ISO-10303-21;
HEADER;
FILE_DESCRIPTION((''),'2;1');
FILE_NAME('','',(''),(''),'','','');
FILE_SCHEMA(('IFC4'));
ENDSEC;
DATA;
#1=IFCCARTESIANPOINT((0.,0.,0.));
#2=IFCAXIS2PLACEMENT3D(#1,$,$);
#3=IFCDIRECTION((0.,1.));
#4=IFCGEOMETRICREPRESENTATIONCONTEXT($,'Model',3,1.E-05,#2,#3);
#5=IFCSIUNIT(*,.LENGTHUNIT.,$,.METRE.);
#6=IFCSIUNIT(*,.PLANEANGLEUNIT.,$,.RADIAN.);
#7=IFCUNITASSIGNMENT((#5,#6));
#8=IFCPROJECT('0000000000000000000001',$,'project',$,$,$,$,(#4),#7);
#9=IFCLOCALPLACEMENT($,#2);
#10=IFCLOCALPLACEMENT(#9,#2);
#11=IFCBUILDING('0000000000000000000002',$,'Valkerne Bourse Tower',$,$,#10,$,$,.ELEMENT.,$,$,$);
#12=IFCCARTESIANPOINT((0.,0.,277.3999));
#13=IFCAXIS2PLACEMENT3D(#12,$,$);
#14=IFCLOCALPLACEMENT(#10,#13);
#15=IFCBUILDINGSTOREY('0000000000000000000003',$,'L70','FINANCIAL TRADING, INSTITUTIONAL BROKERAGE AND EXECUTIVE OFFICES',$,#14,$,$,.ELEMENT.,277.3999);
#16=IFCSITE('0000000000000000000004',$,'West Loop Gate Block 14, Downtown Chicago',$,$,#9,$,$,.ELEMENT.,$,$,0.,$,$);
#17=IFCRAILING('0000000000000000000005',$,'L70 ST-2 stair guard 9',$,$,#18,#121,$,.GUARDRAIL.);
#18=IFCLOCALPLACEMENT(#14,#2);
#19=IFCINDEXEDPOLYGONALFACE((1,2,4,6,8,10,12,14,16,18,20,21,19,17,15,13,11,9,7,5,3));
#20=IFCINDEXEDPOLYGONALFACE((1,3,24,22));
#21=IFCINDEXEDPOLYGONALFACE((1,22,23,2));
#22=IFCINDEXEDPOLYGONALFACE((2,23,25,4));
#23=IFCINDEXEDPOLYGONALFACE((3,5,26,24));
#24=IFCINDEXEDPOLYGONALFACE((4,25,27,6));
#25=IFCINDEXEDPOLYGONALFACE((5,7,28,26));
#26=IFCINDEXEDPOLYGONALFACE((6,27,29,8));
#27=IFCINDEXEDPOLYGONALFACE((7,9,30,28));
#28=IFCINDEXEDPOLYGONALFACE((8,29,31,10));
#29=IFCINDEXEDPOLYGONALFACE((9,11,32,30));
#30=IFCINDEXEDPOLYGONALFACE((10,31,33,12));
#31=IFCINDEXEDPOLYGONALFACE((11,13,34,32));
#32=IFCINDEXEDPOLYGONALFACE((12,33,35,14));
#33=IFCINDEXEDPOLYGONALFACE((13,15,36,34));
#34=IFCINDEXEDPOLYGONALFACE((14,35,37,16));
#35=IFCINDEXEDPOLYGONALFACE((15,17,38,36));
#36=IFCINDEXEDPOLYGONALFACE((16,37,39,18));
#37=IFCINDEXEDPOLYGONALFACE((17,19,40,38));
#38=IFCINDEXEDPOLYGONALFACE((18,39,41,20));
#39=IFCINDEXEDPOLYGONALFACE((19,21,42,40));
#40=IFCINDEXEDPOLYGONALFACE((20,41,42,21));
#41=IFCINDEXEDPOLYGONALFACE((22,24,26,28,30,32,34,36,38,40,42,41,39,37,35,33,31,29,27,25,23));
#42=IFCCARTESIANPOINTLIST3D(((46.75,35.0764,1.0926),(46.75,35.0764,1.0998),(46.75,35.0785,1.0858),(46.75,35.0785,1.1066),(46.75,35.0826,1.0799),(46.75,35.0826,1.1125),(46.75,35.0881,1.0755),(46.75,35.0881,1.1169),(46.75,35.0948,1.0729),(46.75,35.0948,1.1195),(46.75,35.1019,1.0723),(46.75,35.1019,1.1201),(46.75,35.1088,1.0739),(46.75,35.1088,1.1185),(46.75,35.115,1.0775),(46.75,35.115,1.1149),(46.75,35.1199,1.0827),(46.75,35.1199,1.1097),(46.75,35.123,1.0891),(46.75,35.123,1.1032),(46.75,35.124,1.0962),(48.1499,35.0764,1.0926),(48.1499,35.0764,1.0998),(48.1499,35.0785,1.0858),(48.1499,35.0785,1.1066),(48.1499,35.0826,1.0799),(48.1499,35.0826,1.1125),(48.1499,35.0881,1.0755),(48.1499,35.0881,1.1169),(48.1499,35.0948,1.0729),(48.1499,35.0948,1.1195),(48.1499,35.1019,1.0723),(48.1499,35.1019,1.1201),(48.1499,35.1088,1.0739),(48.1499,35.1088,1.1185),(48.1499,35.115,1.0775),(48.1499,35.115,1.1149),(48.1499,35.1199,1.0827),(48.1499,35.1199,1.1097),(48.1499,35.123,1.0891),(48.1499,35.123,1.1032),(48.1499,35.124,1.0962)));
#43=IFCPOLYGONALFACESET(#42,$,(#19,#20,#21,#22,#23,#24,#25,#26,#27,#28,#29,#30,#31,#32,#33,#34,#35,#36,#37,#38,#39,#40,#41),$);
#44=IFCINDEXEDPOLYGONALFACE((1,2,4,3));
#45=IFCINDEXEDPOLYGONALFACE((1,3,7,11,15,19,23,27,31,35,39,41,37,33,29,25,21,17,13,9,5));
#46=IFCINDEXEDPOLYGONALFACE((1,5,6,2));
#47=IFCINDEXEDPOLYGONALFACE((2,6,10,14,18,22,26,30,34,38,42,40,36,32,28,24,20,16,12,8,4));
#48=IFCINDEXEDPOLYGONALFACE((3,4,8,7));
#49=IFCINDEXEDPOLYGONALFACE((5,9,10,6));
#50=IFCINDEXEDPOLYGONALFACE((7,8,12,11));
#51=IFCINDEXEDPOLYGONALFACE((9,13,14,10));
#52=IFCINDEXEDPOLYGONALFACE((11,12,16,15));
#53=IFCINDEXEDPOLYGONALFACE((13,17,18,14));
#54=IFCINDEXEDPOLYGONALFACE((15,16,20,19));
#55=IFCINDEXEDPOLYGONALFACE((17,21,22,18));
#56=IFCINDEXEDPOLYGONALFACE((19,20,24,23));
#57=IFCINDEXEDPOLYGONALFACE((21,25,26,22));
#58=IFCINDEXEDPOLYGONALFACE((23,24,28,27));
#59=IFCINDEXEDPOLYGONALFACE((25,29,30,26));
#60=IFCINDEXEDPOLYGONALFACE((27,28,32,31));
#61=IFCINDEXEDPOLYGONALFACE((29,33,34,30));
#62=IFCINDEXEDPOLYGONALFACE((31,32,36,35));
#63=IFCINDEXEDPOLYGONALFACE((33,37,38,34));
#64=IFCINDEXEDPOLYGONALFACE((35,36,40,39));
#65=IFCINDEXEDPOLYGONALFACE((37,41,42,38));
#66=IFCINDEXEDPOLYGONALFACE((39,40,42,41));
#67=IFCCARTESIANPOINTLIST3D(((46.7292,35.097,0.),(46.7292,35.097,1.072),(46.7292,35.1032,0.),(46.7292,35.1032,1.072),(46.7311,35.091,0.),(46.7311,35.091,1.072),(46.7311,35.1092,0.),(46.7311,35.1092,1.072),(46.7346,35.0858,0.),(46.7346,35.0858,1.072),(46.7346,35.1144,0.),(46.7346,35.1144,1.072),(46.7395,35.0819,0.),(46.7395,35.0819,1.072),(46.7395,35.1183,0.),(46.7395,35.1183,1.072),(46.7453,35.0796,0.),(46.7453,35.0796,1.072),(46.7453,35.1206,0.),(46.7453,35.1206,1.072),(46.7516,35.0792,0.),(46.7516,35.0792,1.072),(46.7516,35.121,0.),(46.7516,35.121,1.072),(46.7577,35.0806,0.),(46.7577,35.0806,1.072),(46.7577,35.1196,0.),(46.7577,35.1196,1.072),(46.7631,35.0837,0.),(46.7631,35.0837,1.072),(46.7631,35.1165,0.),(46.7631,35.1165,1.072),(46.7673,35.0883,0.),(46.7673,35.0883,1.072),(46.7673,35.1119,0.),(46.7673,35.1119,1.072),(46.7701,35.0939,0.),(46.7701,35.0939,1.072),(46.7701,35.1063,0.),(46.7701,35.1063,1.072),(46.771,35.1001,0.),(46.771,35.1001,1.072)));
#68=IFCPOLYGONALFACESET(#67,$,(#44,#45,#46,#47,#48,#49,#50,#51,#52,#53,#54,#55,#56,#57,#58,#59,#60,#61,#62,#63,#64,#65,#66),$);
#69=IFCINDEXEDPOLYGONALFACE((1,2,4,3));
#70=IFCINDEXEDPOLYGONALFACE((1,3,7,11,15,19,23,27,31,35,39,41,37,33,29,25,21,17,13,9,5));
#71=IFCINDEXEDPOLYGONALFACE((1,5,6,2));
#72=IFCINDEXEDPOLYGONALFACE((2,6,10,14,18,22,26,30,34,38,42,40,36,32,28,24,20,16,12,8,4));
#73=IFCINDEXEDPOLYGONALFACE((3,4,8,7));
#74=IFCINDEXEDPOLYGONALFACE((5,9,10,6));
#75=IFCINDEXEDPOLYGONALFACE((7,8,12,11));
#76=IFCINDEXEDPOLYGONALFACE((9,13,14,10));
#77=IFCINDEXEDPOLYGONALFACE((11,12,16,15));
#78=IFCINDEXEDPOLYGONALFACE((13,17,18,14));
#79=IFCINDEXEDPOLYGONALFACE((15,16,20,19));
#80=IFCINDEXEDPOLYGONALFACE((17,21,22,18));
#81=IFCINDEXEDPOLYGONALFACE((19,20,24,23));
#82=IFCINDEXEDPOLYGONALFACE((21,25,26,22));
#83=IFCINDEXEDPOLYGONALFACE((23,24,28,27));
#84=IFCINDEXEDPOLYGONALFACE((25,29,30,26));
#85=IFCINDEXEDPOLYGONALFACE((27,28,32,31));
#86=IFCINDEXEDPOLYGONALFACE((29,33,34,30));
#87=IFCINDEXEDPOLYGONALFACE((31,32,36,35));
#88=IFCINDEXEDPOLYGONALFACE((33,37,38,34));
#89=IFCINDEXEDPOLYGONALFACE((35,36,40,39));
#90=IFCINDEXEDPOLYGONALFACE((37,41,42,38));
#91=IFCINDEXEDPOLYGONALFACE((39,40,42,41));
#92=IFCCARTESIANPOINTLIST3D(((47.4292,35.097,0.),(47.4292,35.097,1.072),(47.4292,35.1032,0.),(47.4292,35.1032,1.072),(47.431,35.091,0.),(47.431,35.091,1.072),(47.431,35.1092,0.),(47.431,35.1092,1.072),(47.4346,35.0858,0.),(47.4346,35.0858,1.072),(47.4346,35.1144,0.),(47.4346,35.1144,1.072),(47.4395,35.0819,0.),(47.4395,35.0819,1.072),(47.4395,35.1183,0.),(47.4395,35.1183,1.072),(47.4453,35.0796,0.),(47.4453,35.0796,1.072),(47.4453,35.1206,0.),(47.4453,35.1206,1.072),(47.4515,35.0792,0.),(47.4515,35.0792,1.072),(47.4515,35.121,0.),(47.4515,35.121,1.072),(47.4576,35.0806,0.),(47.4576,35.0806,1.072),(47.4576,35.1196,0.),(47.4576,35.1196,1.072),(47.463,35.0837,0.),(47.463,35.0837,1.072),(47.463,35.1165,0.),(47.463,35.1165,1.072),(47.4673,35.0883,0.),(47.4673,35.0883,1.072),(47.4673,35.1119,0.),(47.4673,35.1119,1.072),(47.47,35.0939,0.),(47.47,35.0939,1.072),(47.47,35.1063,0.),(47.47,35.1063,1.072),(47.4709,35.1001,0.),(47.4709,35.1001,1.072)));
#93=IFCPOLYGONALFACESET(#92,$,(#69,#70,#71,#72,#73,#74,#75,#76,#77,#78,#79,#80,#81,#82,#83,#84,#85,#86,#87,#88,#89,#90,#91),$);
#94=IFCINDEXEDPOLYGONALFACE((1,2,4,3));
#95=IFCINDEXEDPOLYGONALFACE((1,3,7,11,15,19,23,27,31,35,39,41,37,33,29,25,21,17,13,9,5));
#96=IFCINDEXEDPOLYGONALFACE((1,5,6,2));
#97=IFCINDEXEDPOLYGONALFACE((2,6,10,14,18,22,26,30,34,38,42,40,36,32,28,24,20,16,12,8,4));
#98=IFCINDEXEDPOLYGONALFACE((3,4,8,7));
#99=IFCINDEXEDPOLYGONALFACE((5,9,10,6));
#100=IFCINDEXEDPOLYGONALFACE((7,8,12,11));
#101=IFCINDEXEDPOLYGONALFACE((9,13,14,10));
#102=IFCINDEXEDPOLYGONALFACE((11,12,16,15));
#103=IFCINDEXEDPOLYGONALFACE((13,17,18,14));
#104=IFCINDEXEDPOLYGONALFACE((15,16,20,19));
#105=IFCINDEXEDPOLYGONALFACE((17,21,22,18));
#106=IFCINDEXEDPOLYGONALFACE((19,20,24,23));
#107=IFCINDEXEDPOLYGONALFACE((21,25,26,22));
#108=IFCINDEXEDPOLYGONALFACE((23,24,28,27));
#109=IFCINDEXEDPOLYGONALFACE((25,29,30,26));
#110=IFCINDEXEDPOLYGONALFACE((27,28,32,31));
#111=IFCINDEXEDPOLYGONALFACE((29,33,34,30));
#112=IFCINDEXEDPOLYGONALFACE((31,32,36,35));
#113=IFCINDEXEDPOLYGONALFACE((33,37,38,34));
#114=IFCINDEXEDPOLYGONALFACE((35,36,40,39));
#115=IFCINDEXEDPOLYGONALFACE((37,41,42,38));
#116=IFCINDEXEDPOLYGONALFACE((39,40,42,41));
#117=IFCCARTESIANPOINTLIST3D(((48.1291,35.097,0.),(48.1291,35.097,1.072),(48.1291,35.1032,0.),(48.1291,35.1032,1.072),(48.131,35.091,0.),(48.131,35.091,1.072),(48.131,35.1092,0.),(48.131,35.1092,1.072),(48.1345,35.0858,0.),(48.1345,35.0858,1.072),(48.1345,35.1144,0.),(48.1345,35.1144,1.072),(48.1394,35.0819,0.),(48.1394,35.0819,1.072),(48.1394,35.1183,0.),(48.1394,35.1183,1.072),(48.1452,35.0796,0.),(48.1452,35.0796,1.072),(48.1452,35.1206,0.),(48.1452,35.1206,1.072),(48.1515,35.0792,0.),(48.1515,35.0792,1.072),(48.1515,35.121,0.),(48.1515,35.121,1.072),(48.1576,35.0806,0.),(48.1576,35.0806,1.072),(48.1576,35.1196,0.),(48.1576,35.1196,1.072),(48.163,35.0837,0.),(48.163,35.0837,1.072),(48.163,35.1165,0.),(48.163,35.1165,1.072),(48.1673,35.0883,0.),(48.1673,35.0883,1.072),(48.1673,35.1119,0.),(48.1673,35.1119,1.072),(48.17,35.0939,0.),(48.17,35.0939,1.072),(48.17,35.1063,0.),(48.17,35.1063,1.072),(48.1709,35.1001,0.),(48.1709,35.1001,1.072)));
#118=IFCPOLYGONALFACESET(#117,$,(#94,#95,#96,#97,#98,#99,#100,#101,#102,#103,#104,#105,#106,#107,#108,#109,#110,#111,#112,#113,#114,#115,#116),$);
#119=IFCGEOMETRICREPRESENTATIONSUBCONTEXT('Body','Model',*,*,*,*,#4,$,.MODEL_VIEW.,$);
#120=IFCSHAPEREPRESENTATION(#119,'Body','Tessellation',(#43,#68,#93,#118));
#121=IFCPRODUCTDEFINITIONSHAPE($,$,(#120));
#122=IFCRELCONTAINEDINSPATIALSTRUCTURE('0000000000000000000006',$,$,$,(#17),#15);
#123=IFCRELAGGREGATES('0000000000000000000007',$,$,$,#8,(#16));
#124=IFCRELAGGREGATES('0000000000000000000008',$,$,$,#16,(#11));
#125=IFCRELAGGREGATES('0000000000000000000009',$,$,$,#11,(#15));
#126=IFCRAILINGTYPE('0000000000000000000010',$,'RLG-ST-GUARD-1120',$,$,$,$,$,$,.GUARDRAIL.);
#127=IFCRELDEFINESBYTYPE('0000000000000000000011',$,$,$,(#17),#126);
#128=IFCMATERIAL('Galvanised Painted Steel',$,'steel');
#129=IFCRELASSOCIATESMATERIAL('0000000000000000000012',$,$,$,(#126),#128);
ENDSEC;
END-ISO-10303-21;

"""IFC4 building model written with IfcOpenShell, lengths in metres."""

from ifc_helpers import new_model, si_unit, direction, frame, origin, origin_2d, place, context, subcontext, project, spatial, circle, extrude, material, type_object, element, save


model = new_model("IFC4")

# Units and contexts
model_context = context("Model", 3, precision=1e-05, world=origin(), true_north=direction((0.0, 1.0)))
body_context = subcontext(model_context, "Body", "Model", "MODEL_VIEW")
ifc_project = project(units=[si_unit("LENGTHUNIT", "METRE"), si_unit("PLANEANGLEUNIT", "RADIAN")], contexts=[model_context])

# Site, building, storey
site_placement = place(None, origin())
site = spatial("IfcSite", under=ifc_project, at=site_placement, Name="West Loop Gate Block 14, Downtown Chicago", CompositionType="ELEMENT", RefElevation=0.0)
building_placement = place(site_placement, origin())
building = spatial("IfcBuilding", under=site, at=building_placement, Name="Valkerne Bourse Tower", CompositionType="ELEMENT")
storey_placement = place(building_placement, frame((0.0, 0.0, 277.3999)))
storey = spatial("IfcBuildingStorey", under=building, at=storey_placement, Name="L70", Description="FINANCIAL TRADING, INSTITUTIONAL BROKERAGE AND EXECUTIVE OFFICES", CompositionType="ELEMENT", Elevation=277.3999)

# Shared definitions
ifc_material_1 = material(Name="Galvanised Painted Steel", Category="steel")

# Railing
railing_type_1 = type_object("IfcRailingType", Name="RLG-ST-GUARD-1120", PredefinedType="GUARDRAIL", material=ifc_material_1)
for number, where, name in (
    (1, (46.75, 35.1001, 0.0), "L70 ST-2 stair guard 9"),
):
    element("IfcRailing", number, at=place(storey_placement, frame(where)), inside=storey, type_object=railing_type_1, Name=name, PredefinedType="GUARDRAIL", context=body_context, shape_type="SweptSolid", body=[
        extrude(circle(Radius=0.0239, at=origin_2d()), frame((0.0, 0.0, 1.0962), z_axis=(1.0, 0.0, 0.0), x_axis=(0.0, 1.0, 0.0)), (0.0, 0.0, 1.0), 1.3999),
        extrude(circle(Radius=0.021, at=origin_2d()), origin(), (0.0, 0.0, 1.0), 1.072),
        extrude(circle(Radius=0.021, at=origin_2d()), frame((0.7, 0.0, 0.0)), (0.0, 0.0, 1.0), 1.072),
        extrude(circle(Radius=0.021, at=origin_2d()), frame((1.3999, 0.0, 0.0)), (0.0, 0.0, 1.0), 1.072),
    ])

save(model, "model.ifc")
